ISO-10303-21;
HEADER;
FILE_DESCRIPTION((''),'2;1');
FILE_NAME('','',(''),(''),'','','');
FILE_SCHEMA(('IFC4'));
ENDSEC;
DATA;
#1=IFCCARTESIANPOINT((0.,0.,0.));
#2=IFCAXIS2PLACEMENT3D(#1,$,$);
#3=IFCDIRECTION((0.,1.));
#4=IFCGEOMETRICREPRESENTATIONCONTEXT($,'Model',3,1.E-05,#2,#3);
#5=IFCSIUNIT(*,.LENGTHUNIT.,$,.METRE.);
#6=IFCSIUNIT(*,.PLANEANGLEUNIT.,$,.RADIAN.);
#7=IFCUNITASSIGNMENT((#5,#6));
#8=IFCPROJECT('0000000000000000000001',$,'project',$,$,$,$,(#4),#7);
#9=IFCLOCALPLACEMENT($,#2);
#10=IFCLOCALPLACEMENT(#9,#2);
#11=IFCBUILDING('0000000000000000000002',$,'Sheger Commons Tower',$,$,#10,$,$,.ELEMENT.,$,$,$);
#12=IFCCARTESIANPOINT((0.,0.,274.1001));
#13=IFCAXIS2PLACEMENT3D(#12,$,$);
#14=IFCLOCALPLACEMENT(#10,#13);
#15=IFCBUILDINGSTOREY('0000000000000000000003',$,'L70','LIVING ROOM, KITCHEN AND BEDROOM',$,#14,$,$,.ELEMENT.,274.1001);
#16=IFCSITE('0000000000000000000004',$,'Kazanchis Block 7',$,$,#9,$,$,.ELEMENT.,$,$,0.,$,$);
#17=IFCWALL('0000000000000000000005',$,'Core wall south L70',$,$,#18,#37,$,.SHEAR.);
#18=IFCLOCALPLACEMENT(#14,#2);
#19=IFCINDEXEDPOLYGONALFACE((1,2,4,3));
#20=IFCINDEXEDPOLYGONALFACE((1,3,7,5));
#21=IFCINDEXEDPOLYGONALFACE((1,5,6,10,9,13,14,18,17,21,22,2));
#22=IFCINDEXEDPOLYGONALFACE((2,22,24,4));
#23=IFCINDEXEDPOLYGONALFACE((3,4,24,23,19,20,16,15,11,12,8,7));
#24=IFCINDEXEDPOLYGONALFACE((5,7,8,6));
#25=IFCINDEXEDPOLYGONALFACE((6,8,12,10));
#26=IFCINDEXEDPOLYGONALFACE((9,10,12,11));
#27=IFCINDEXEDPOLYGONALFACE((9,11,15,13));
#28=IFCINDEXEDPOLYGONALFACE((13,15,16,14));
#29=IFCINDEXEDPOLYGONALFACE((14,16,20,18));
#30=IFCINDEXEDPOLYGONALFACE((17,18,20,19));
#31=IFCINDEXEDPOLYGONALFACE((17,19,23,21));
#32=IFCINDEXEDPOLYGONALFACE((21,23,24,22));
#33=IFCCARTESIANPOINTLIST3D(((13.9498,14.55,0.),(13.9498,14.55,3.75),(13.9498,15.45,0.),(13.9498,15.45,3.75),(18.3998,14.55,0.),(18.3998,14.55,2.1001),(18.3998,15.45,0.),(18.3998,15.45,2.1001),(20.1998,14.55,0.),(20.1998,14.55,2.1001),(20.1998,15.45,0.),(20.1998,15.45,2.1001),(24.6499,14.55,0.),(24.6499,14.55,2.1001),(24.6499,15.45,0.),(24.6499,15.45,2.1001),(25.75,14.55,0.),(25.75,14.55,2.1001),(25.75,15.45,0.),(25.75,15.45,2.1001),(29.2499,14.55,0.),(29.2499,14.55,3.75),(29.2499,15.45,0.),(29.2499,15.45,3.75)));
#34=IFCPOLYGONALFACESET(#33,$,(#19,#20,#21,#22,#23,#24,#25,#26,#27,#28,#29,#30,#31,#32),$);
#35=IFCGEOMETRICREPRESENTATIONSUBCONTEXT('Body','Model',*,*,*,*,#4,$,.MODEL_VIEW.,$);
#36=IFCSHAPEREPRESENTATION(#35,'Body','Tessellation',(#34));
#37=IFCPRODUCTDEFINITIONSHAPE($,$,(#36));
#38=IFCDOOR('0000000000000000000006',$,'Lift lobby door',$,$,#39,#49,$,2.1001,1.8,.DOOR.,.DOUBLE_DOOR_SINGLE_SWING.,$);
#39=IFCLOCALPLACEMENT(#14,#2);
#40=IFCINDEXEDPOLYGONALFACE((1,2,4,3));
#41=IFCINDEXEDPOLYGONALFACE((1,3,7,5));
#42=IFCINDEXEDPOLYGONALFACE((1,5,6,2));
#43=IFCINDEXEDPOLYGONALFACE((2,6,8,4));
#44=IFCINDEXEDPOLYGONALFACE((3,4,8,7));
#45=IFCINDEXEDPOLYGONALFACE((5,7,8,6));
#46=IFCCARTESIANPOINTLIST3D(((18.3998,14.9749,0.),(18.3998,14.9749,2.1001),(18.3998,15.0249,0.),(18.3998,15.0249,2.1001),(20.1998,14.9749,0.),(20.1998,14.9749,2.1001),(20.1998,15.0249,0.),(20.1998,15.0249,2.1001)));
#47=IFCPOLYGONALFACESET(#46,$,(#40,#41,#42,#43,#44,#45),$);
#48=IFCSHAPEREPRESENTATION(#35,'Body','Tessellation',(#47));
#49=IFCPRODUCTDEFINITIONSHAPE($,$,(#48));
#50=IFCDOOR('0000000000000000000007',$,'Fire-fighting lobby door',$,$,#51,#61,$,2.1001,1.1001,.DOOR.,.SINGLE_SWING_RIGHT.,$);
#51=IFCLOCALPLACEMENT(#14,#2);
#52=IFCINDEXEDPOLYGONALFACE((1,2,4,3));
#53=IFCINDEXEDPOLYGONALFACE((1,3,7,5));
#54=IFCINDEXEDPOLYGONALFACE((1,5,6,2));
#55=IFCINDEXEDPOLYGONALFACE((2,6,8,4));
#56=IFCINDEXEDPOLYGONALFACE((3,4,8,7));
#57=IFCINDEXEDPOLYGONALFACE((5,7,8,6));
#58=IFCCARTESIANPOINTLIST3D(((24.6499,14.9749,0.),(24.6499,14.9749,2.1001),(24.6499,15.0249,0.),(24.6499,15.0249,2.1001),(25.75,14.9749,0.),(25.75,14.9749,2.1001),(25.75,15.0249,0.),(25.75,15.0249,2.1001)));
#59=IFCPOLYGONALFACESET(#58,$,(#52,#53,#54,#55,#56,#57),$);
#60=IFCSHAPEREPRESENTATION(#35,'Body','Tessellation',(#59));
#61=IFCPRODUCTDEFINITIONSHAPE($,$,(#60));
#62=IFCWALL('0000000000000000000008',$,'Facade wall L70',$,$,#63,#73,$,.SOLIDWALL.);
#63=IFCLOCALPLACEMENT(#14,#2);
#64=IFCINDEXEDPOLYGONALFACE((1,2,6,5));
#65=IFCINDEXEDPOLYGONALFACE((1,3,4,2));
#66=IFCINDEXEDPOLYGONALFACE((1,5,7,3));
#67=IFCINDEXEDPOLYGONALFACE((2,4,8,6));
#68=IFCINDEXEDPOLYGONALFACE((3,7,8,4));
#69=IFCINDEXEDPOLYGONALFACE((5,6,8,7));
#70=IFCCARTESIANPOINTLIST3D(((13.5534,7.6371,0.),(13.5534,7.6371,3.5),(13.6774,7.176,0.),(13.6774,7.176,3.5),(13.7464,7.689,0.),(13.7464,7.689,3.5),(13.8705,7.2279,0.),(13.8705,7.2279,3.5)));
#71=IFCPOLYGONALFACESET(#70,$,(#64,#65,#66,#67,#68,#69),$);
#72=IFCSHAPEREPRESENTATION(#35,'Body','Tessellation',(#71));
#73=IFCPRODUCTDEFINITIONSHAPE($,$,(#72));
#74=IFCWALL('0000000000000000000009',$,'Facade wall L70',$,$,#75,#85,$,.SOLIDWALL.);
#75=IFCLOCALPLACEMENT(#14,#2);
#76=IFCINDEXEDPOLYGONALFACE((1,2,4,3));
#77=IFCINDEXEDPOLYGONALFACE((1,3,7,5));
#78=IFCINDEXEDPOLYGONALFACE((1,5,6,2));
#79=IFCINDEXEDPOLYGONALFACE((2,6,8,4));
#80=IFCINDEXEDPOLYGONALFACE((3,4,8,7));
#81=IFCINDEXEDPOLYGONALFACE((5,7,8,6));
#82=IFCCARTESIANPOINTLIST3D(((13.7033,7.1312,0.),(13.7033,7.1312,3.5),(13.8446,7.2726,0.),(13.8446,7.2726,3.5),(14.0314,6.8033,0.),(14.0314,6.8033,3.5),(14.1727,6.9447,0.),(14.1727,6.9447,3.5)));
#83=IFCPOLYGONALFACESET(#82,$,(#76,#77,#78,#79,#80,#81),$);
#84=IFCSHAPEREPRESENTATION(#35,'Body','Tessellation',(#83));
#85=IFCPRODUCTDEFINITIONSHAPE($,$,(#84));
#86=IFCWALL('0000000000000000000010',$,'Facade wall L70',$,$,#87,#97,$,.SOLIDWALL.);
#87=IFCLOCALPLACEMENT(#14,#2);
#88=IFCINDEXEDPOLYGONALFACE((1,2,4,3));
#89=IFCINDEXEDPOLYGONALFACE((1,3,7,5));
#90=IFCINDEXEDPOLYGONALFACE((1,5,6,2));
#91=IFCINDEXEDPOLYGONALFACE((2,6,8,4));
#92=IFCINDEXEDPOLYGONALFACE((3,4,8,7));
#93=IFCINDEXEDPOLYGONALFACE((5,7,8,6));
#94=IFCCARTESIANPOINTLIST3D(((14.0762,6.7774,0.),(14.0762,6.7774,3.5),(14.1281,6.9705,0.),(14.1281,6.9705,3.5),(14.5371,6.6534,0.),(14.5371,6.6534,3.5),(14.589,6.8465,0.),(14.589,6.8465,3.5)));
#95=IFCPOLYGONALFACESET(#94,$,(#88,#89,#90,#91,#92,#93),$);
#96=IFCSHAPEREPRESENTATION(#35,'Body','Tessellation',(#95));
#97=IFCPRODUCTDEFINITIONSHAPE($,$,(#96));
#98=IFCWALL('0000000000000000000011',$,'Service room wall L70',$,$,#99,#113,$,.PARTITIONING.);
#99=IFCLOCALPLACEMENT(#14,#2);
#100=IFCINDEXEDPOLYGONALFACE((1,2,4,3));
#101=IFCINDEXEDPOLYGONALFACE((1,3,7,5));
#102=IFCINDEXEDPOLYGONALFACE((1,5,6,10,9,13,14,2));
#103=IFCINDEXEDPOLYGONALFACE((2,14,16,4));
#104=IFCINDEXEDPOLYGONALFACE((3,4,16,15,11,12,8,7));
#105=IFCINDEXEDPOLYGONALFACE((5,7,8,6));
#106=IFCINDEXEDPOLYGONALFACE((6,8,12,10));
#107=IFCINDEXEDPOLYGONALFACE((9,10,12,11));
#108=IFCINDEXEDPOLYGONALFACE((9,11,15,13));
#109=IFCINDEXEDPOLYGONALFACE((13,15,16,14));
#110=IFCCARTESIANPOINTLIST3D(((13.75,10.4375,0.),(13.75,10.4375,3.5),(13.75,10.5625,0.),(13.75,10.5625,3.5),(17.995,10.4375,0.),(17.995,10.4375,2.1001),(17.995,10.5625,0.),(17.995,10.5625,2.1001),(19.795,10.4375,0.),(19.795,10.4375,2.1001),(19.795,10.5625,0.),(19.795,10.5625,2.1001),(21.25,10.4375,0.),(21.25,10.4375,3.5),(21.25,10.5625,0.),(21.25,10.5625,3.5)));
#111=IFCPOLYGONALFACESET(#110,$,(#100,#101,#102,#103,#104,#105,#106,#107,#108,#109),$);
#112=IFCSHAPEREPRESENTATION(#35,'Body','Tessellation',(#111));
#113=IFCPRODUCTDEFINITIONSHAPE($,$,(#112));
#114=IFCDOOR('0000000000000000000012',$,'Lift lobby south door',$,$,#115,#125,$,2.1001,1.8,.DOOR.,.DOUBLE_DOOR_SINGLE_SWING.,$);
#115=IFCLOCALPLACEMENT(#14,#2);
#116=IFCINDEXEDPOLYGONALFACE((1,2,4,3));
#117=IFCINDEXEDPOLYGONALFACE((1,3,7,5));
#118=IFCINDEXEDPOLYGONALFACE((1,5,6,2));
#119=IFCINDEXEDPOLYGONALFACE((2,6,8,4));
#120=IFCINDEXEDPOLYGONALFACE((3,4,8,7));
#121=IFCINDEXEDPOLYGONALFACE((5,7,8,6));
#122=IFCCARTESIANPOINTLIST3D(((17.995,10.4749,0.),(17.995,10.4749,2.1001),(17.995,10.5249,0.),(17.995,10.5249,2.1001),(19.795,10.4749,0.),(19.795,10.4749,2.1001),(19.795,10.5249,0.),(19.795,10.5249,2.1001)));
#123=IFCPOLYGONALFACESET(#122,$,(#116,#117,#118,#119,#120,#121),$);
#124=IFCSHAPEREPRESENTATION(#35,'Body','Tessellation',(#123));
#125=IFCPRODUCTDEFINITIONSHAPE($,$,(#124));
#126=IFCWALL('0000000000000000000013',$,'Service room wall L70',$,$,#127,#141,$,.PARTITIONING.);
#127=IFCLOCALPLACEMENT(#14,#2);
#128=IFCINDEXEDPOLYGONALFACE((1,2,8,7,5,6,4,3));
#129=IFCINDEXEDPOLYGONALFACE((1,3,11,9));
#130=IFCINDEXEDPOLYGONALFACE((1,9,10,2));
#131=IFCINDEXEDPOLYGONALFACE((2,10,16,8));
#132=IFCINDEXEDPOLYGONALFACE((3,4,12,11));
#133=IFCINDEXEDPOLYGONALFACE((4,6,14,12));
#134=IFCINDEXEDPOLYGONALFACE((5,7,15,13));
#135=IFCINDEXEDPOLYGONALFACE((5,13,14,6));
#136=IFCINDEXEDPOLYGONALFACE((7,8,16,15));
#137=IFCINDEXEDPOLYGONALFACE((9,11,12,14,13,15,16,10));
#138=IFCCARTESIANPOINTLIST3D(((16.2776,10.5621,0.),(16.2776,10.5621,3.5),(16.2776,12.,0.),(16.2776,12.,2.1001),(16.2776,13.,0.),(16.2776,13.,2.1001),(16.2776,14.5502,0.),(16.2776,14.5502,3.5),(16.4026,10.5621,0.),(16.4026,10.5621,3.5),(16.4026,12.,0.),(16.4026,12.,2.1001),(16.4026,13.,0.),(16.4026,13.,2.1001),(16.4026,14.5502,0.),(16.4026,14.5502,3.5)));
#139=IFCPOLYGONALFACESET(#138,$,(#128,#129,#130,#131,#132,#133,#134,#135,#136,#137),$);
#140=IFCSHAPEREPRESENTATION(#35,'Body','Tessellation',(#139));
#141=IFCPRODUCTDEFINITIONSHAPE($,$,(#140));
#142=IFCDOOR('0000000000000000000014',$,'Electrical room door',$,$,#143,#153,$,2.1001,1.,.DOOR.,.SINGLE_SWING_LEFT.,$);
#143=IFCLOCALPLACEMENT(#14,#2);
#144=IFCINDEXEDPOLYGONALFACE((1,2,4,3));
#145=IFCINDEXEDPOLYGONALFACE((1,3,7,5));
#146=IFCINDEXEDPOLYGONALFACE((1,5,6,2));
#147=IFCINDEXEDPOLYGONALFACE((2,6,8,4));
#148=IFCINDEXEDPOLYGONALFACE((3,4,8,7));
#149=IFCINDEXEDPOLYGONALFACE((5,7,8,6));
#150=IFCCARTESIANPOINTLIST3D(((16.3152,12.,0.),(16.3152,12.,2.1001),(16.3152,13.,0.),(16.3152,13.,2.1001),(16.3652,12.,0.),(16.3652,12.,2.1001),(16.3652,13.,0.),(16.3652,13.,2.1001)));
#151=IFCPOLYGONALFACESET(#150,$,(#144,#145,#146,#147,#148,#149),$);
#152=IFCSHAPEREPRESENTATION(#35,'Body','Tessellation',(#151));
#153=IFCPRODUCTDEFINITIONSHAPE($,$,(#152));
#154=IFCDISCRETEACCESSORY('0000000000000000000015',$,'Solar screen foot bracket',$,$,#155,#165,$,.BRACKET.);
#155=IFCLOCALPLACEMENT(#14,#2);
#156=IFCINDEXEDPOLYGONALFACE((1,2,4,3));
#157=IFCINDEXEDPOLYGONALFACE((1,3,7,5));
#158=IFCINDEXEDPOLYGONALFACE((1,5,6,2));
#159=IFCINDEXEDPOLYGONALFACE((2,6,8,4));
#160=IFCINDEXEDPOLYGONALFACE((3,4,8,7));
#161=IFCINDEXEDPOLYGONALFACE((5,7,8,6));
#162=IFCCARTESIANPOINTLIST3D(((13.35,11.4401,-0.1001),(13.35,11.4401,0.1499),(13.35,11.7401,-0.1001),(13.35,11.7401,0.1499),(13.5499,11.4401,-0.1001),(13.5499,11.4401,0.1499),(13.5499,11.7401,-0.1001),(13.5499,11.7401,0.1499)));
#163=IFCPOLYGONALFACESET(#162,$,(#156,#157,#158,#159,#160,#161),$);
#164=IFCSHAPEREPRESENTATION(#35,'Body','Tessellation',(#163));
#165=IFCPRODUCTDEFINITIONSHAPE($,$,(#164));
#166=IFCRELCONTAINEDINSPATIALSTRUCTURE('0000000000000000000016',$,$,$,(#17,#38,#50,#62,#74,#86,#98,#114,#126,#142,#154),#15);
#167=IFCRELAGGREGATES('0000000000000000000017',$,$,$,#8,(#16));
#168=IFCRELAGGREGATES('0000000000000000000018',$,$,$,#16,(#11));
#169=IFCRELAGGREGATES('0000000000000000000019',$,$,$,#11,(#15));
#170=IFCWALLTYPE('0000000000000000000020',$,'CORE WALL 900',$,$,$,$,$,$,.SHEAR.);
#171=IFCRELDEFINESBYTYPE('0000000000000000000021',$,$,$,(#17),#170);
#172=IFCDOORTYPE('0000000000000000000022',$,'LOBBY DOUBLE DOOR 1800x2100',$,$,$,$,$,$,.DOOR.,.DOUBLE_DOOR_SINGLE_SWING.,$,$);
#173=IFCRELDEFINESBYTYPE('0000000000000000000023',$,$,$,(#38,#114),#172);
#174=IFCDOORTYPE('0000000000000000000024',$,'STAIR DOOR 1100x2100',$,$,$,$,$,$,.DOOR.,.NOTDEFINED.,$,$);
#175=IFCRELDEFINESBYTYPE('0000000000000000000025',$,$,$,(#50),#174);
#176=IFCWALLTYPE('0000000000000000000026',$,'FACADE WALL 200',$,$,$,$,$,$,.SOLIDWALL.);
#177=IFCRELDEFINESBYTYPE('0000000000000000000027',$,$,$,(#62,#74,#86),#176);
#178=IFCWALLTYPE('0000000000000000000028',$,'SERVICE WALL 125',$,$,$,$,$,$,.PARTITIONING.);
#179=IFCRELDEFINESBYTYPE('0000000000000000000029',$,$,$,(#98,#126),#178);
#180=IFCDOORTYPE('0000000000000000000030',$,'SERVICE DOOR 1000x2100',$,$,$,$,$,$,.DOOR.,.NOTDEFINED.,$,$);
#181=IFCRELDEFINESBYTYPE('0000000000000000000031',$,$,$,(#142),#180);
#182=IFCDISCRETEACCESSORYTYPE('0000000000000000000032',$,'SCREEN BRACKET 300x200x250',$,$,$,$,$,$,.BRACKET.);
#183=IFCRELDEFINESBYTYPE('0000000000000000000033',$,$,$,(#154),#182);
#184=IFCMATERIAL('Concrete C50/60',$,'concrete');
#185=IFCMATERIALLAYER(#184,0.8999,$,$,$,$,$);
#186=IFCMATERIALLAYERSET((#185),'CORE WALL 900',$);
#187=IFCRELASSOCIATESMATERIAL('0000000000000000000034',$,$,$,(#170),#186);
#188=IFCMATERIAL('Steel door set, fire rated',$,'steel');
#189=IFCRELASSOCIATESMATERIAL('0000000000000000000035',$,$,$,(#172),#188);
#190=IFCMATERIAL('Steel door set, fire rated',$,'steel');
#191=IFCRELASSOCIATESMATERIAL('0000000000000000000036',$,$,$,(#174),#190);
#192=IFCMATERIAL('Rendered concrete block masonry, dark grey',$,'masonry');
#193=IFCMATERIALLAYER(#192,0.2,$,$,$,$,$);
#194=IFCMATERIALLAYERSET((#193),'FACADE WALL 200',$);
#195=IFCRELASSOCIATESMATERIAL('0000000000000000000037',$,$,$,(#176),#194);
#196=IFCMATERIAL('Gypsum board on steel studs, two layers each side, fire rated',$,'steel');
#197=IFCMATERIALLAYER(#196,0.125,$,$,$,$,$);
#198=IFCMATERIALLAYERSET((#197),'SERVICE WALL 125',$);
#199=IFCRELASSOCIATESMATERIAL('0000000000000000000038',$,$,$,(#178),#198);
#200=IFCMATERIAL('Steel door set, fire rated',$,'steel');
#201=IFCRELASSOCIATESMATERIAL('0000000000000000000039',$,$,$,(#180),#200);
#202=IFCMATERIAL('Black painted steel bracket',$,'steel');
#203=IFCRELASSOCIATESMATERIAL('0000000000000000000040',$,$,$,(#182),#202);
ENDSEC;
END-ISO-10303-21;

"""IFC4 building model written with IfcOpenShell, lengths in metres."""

from ifc_helpers import new_model, si_unit, direction, frame, frame_2d, origin, origin_2d, place, context, subcontext, project, spatial, rectangle, extrude, material, layer, layer_set, type_object, element, fill, save


model = new_model("IFC4")

# Units and contexts
model_context = context("Model", 3, precision=1e-05, world=origin(), true_north=direction((0.0, 1.0)))
body_context = subcontext(model_context, "Body", "Model", "MODEL_VIEW")
ifc_project = project(units=[si_unit("LENGTHUNIT", "METRE"), si_unit("PLANEANGLEUNIT", "RADIAN")], contexts=[model_context])

# Site, building, storey
site_placement = place(None, origin())
site = spatial("IfcSite", under=ifc_project, at=site_placement, Name="Kazanchis Block 7", CompositionType="ELEMENT", RefElevation=0.0)
building_placement = place(site_placement, origin())
building = spatial("IfcBuilding", under=site, at=building_placement, Name="Sheger Commons Tower", CompositionType="ELEMENT")
storey_placement = place(building_placement, frame((0.0, 0.0, 274.1001)))
storey = spatial("IfcBuildingStorey", under=building, at=storey_placement, Name="L70", Description="LIVING ROOM, KITCHEN AND BEDROOM", CompositionType="ELEMENT", Elevation=274.1001)

# Wall, openings, doors
ifc_material_1 = material(Name="Concrete C50/60", Category="concrete")
ifc_layer_1 = layer(ifc_material_1, 0.8999)
ifc_layer_set_1 = layer_set([ifc_layer_1], Name="CORE WALL 900")
wall_type_1 = type_object("IfcWallType", Name="CORE WALL 900", PredefinedType="SHEAR", material=ifc_layer_set_1)
wall_1_placement = place(storey_placement, frame((13.95, 15.0, 0.0), z_axis=(0.0, 0.0, 1.0), x_axis=(1.0, 0.0, 0.0)))
wall_1 = element("IfcWall", 1, at=wall_1_placement, inside=storey, type_object=wall_type_1, Name="Core wall south L70", PredefinedType="SHEAR", context=body_context, shape_type="SweptSolid", body=[
    extrude(rectangle(XDim=15.3, YDim=0.8999, at=frame_2d((7.6499, 0.0))), origin(), (0.0, 0.0, 1.0), 3.75),
])
opening_1_placement = place(wall_1_placement, frame((4.45, 0.0, 0.0)))
opening_1 = element("IfcOpeningElement", 2, at=opening_1_placement, cuts=wall_1, PredefinedType="OPENING", context=body_context, shape_type="SweptSolid", body=[
    extrude(rectangle(XDim=1.8, YDim=2.1001, at=frame_2d((0.8999, 1.05))), frame((0.0, 0.46, 0.0), z_axis=(0.0, -1.0, 0.0), x_axis=(1.0, 0.0, 0.0)), (0.0, 0.0, 1.0), 0.9199),
])
opening_2_placement = place(wall_1_placement, frame((10.7, 0.0, 0.0)))
opening_2 = element("IfcOpeningElement", 3, at=opening_2_placement, cuts=wall_1, PredefinedType="OPENING", context=body_context, shape_type="SweptSolid", body=[
    extrude(rectangle(XDim=1.1001, YDim=2.1001, at=frame_2d((0.55, 1.05))), frame((0.0, 0.46, 0.0), z_axis=(0.0, -1.0, 0.0), x_axis=(1.0, 0.0, 0.0)), (0.0, 0.0, 1.0), 0.9199),
])
ifc_material_2 = material(Name="Steel door set, fire rated", Category="steel")
door_type_1 = type_object("IfcDoorType", Name="LOBBY DOUBLE DOOR 1800x2100", OperationType="DOUBLE_DOOR_SINGLE_SWING", PredefinedType="DOOR", material=ifc_material_2)
door_1_placement = place(opening_1_placement, origin())
door_1 = element("IfcDoor", 4, at=door_1_placement, inside=storey, type_object=door_type_1, Name="Lift lobby door", OperationType="DOUBLE_DOOR_SINGLE_SWING", OverallHeight=2.1001, OverallWidth=1.8, PredefinedType="DOOR", context=body_context, shape_type="SweptSolid", body=[
    extrude(rectangle(XDim=1.8, YDim=2.1001, at=frame_2d((0.8999, 1.05))), frame((0.0, 0.0249, 0.0), z_axis=(0.0, -1.0, 0.0), x_axis=(1.0, 0.0, 0.0)), (0.0, 0.0, 1.0), 0.05),
])
fill(opening_1, door_1)
ifc_material_3 = material(Name="Steel door set, fire rated", Category="steel")
door_type_2 = type_object("IfcDoorType", Name="STAIR DOOR 1100x2100", OperationType="NOTDEFINED", PredefinedType="DOOR", material=ifc_material_3)
door_2_placement = place(opening_2_placement, origin())
door_2 = element("IfcDoor", 5, at=door_2_placement, inside=storey, type_object=door_type_2, Name="Fire-fighting lobby door", OperationType="SINGLE_SWING_RIGHT", OverallHeight=2.1001, OverallWidth=1.1001, PredefinedType="DOOR", context=body_context, shape_type="SweptSolid", body=[
    extrude(rectangle(XDim=1.1001, YDim=2.1001, at=frame_2d((0.55, 1.05))), frame((0.0, 0.0249, 0.0), z_axis=(0.0, -1.0, 0.0), x_axis=(1.0, 0.0, 0.0)), (0.0, 0.0, 1.0), 0.05),
])
fill(opening_2, door_2)

# Walls
ifc_material_4 = material(Name="Rendered concrete block masonry, dark grey", Category="masonry")
ifc_layer_2 = layer(ifc_material_4, 0.2)
ifc_layer_set_2 = layer_set([ifc_layer_2], Name="FACADE WALL 200")
wall_type_2 = type_object("IfcWallType", Name="FACADE WALL 200", PredefinedType="SOLIDWALL", material=ifc_layer_set_2)
wall_2_placement = place(storey_placement, frame((13.6499, 7.6631, 0.0), z_axis=(0.0, 0.0, 1.0), x_axis=(0.259698, -0.96569, 0.0)))
element("IfcWall", 6, at=wall_2_placement, inside=storey, type_object=wall_type_2, Name="Facade wall L70", PredefinedType="SOLIDWALL", context=body_context, shape_type="SweptSolid", body=[
    extrude(rectangle(XDim=0.4775, YDim=0.2, at=frame_2d((0.2388, 0.0))), origin(), (0.0, 0.0, 1.0), 3.5),
])
wall_3_placement = place(storey_placement, frame((13.7739, 7.2019, 0.0), z_axis=(0.0, 0.0, 1.0), x_axis=(0.70737, -0.706844, 0.0)))
element("IfcWall", 7, at=wall_3_placement, inside=storey, type_object=wall_type_2, Name="Facade wall L70", PredefinedType="SOLIDWALL", context=body_context, shape_type="SweptSolid", body=[
    extrude(rectangle(XDim=0.4639, YDim=0.2, at=frame_2d((0.2319, 0.0))), origin(), (0.0, 0.0, 1.0), 3.5),
])
wall_4_placement = place(storey_placement, frame((14.1021, 6.874, 0.0), z_axis=(0.0, 0.0, 1.0), x_axis=(0.965655, -0.259827, 0.0)))
element("IfcWall", 8, at=wall_4_placement, inside=storey, type_object=wall_type_2, Name="Facade wall L70", PredefinedType="SOLIDWALL", context=body_context, shape_type="SweptSolid", body=[
    extrude(rectangle(XDim=0.4773, YDim=0.2, at=frame_2d((0.2388, 0.0))), origin(), (0.0, 0.0, 1.0), 3.5),
])

# Walls, openings, doors
ifc_material_5 = material(Name="Gypsum board on steel studs, two layers each side, fire rated", Category="steel")
ifc_layer_3 = layer(ifc_material_5, 0.125)
ifc_layer_set_3 = layer_set([ifc_layer_3], Name="SERVICE WALL 125")
wall_type_3 = type_object("IfcWallType", Name="SERVICE WALL 125", PredefinedType="PARTITIONING", material=ifc_layer_set_3)
wall_5_placement = place(storey_placement, frame((13.75, 10.5, 0.0), z_axis=(0.0, 0.0, 1.0), x_axis=(1.0, 0.0, 0.0)))
wall_5 = element("IfcWall", 9, at=wall_5_placement, inside=storey, type_object=wall_type_3, Name="Service room wall L70", PredefinedType="PARTITIONING", context=body_context, shape_type="SweptSolid", body=[
    extrude(rectangle(XDim=7.5, YDim=0.125, at=frame_2d((3.75, 0.0))), origin(), (0.0, 0.0, 1.0), 3.5),
])
opening_3_placement = place(wall_5_placement, frame((4.2451, 0.0, 0.0)))
opening_3 = element("IfcOpeningElement", 10, at=opening_3_placement, cuts=wall_5, PredefinedType="OPENING", context=body_context, shape_type="SweptSolid", body=[
    extrude(rectangle(XDim=1.8, YDim=2.1001, at=frame_2d((0.8999, 1.05))), frame((0.0, 0.0725, 0.0), z_axis=(0.0, -1.0, 0.0), x_axis=(1.0, 0.0, 0.0)), (0.0, 0.0, 1.0), 0.145),
])
door_3_placement = place(opening_3_placement, origin())
door_3 = element("IfcDoor", 11, at=door_3_placement, inside=storey, type_object=door_type_1, Name="Lift lobby south door", OperationType="DOUBLE_DOOR_SINGLE_SWING", OverallHeight=2.1001, OverallWidth=1.8, PredefinedType="DOOR", context=body_context, shape_type="SweptSolid", body=[
    extrude(rectangle(XDim=1.8, YDim=2.1001, at=frame_2d((0.8999, 1.05))), frame((0.0, 0.0249, 0.0), z_axis=(0.0, -1.0, 0.0), x_axis=(1.0, 0.0, 0.0)), (0.0, 0.0, 1.0), 0.05),
])
fill(opening_3, door_3)
wall_6_placement = place(storey_placement, frame((16.3401, 10.562, 0.0), z_axis=(0.0, 0.0, 1.0), x_axis=(0.0, 1.0, 0.0)))
wall_6 = element("IfcWall", 12, at=wall_6_placement, inside=storey, type_object=wall_type_3, Name="Service room wall L70", PredefinedType="PARTITIONING", context=body_context, shape_type="SweptSolid", body=[
    extrude(rectangle(XDim=3.988, YDim=0.125, at=frame_2d((1.9941, 0.0))), origin(), (0.0, 0.0, 1.0), 3.5),
])
opening_4_placement = place(wall_6_placement, frame((1.438, 0.0, 0.0)))
opening_4 = element("IfcOpeningElement", 13, at=opening_4_placement, cuts=wall_6, PredefinedType="OPENING", context=body_context, shape_type="SweptSolid", body=[
    extrude(rectangle(XDim=1.0, YDim=2.1001, at=frame_2d((0.5, 1.05))), frame((0.0, 0.0725, 0.0), z_axis=(0.0, -1.0, 0.0), x_axis=(1.0, 0.0, 0.0)), (0.0, 0.0, 1.0), 0.145),
])
ifc_material_6 = material(Name="Steel door set, fire rated", Category="steel")
door_type_3 = type_object("IfcDoorType", Name="SERVICE DOOR 1000x2100", OperationType="NOTDEFINED", PredefinedType="DOOR", material=ifc_material_6)
door_4_placement = place(opening_4_placement, origin())
door_4 = element("IfcDoor", 14, at=door_4_placement, inside=storey, type_object=door_type_3, Name="Electrical room door", OperationType="SINGLE_SWING_LEFT", OverallHeight=2.1001, OverallWidth=1.0, PredefinedType="DOOR", context=body_context, shape_type="SweptSolid", body=[
    extrude(rectangle(XDim=1.0, YDim=2.1001, at=frame_2d((0.5, 1.05))), frame((0.0, 0.0249, 0.0), z_axis=(0.0, -1.0, 0.0), x_axis=(1.0, 0.0, 0.0)), (0.0, 0.0, 1.0), 0.05),
])
fill(opening_4, door_4)

# Discrete accessory
ifc_material_7 = material(Name="Black painted steel bracket", Category="steel")
discrete_accessory_type = type_object("IfcDiscreteAccessoryType", Name="SCREEN BRACKET 300x200x250", PredefinedType="BRACKET", material=ifc_material_7)
for number, where, z_axis, x_axis, name in (
    (15, (13.45, 11.5901, -0.1001), (0.0, 0.0, 1.0), (0.0, -1.0, 0.0), "Solar screen foot bracket"),
):
    element("IfcDiscreteAccessory", number, at=place(storey_placement, frame(where, z_axis=z_axis, x_axis=x_axis)), inside=storey, type_object=discrete_accessory_type, Name=name, PredefinedType="BRACKET", context=body_context, shape_type="SweptSolid", body=[
        extrude(rectangle(XDim=0.3, YDim=0.2, at=origin_2d()), origin(), (0.0, 0.0, 1.0), 0.25),
    ])

save(model, "model.ifc")
